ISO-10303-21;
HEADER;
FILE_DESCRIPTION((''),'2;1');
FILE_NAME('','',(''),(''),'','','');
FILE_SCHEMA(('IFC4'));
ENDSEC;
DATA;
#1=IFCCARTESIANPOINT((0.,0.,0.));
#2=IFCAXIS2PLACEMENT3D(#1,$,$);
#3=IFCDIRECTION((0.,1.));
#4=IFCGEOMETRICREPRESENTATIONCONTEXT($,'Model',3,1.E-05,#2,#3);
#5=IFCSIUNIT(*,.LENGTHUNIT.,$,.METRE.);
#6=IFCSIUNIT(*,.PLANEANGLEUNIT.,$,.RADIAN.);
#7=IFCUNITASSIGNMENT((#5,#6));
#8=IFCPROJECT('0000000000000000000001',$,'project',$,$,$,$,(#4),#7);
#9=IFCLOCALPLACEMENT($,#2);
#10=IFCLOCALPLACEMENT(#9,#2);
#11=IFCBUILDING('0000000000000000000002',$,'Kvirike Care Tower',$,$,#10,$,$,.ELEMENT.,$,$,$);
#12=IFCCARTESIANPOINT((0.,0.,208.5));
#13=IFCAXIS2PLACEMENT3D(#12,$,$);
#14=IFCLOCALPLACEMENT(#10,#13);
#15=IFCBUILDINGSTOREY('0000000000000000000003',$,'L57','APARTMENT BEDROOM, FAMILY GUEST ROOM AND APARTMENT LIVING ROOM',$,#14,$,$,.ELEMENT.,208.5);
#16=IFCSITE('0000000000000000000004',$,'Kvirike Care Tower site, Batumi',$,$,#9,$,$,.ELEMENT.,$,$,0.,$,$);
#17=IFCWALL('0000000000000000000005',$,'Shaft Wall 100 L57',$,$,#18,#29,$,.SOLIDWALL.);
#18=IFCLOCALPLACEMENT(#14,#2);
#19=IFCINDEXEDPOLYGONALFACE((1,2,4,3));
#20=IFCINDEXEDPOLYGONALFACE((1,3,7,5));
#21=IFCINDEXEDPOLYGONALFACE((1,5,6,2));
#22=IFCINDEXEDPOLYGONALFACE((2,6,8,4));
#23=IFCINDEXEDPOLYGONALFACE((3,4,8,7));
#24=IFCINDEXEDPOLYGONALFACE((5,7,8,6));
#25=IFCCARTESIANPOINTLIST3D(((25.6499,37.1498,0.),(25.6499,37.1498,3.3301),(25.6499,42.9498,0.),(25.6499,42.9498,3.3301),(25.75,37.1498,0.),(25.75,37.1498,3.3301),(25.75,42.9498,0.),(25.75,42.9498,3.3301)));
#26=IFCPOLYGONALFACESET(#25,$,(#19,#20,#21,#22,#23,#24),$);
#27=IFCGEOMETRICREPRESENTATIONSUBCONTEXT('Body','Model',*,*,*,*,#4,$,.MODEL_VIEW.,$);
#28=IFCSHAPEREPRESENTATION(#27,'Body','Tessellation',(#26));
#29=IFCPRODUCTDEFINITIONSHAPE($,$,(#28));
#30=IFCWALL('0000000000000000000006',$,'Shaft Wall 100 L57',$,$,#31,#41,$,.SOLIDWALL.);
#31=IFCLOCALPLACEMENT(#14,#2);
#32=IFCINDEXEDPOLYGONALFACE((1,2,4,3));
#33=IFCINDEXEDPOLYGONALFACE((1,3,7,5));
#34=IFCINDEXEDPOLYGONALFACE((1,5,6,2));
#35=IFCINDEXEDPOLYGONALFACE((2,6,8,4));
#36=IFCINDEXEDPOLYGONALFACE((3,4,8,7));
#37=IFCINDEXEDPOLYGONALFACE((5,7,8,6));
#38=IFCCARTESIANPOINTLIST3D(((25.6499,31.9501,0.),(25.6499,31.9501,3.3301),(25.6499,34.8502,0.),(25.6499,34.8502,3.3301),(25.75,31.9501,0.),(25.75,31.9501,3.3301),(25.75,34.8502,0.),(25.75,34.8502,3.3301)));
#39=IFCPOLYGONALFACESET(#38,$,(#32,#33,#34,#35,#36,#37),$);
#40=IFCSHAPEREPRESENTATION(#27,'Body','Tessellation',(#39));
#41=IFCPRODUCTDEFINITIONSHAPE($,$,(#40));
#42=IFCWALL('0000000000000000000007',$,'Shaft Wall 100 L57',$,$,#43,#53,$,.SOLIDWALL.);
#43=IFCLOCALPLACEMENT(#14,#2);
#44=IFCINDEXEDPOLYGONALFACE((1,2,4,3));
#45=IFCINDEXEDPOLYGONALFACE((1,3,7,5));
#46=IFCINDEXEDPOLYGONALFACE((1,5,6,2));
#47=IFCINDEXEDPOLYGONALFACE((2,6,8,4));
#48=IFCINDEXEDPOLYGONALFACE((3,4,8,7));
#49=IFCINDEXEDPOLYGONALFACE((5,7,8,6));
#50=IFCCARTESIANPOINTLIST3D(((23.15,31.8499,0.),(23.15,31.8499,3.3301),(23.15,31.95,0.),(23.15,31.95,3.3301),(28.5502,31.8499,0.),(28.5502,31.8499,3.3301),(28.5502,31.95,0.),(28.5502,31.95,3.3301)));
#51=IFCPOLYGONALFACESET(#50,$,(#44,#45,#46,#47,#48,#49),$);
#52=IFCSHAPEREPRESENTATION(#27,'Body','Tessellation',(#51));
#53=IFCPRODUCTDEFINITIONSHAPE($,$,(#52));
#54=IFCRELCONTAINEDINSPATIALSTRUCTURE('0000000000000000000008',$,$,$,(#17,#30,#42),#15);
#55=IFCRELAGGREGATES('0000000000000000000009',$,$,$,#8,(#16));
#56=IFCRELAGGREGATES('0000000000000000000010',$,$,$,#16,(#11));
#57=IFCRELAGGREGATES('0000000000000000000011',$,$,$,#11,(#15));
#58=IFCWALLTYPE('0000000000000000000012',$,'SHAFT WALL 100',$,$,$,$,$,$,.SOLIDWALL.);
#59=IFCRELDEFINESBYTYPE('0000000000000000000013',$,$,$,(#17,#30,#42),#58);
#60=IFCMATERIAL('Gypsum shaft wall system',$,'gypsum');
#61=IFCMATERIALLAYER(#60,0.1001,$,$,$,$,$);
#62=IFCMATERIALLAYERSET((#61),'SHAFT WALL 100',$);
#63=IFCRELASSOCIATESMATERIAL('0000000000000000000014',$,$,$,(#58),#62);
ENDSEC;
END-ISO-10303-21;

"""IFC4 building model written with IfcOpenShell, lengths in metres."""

from ifc_helpers import new_model, si_unit, direction, frame, frame_2d, origin, place, context, subcontext, project, spatial, rectangle, extrude, material, layer, layer_set, type_object, element, save


model = new_model("IFC4")

# Units and contexts
model_context = context("Model", 3, precision=1e-05, world=origin(), true_north=direction((0.0, 1.0)))
body_context = subcontext(model_context, "Body", "Model", "MODEL_VIEW")
ifc_project = project(units=[si_unit("LENGTHUNIT", "METRE"), si_unit("PLANEANGLEUNIT", "RADIAN")], contexts=[model_context])

# Site, building, storey
site_placement = place(None, origin())
site = spatial("IfcSite", under=ifc_project, at=site_placement, Name="Kvirike Care Tower site, Batumi", CompositionType="ELEMENT", RefElevation=0.0)
building_placement = place(site_placement, origin())
building = spatial("IfcBuilding", under=site, at=building_placement, Name="Kvirike Care Tower", CompositionType="ELEMENT")
storey_placement = place(building_placement, frame((0.0, 0.0, 208.5)))
storey = spatial("IfcBuildingStorey", under=building, at=storey_placement, Name="L57", Description="APARTMENT BEDROOM, FAMILY GUEST ROOM AND APARTMENT LIVING ROOM", CompositionType="ELEMENT", Elevation=208.5)

# Shared definitions
ifc_material_1 = material(Name="Gypsum shaft wall system", Category="gypsum")
ifc_layer_1 = layer(ifc_material_1, 0.1001)
ifc_layer_set_1 = layer_set([ifc_layer_1], Name="SHAFT WALL 100")
wall_type = type_object("IfcWallType", Name="SHAFT WALL 100", PredefinedType="SOLIDWALL", material=ifc_layer_set_1)

# Walls
wall_1_placement = place(storey_placement, frame((25.7, 37.1499, 0.0), z_axis=(0.0, 0.0, 1.0), x_axis=(0.0, 1.0, 0.0)))
element("IfcWall", 1, at=wall_1_placement, inside=storey, type_object=wall_type, Name="Shaft Wall 100 L57", PredefinedType="SOLIDWALL", context=body_context, shape_type="SweptSolid", body=[
    extrude(rectangle(XDim=5.8, YDim=0.1001, at=frame_2d((2.8999, 0.0))), origin(), (0.0, 0.0, 1.0), 3.3301),
])
wall_2_placement = place(storey_placement, frame((25.7, 31.95, 0.0), z_axis=(0.0, 0.0, 1.0), x_axis=(0.0, 1.0, 0.0)))
element("IfcWall", 2, at=wall_2_placement, inside=storey, type_object=wall_type, Name="Shaft Wall 100 L57", PredefinedType="SOLIDWALL", context=body_context, shape_type="SweptSolid", body=[
    extrude(rectangle(XDim=2.9001, YDim=0.1001, at=frame_2d((1.4502, 0.0))), origin(), (0.0, 0.0, 1.0), 3.3301),
])
wall_3_placement = place(storey_placement, frame((23.1499, 31.8999, 0.0), z_axis=(0.0, 0.0, 1.0), x_axis=(1.0, 0.0, 0.0)))
element("IfcWall", 3, at=wall_3_placement, inside=storey, type_object=wall_type, Name="Shaft Wall 100 L57", PredefinedType="SOLIDWALL", context=body_context, shape_type="SweptSolid", body=[
    extrude(rectangle(XDim=5.4001, YDim=0.1001, at=frame_2d((2.7002, 0.0))), origin(), (0.0, 0.0, 1.0), 3.3301),
])

save(model, "model.ifc")
